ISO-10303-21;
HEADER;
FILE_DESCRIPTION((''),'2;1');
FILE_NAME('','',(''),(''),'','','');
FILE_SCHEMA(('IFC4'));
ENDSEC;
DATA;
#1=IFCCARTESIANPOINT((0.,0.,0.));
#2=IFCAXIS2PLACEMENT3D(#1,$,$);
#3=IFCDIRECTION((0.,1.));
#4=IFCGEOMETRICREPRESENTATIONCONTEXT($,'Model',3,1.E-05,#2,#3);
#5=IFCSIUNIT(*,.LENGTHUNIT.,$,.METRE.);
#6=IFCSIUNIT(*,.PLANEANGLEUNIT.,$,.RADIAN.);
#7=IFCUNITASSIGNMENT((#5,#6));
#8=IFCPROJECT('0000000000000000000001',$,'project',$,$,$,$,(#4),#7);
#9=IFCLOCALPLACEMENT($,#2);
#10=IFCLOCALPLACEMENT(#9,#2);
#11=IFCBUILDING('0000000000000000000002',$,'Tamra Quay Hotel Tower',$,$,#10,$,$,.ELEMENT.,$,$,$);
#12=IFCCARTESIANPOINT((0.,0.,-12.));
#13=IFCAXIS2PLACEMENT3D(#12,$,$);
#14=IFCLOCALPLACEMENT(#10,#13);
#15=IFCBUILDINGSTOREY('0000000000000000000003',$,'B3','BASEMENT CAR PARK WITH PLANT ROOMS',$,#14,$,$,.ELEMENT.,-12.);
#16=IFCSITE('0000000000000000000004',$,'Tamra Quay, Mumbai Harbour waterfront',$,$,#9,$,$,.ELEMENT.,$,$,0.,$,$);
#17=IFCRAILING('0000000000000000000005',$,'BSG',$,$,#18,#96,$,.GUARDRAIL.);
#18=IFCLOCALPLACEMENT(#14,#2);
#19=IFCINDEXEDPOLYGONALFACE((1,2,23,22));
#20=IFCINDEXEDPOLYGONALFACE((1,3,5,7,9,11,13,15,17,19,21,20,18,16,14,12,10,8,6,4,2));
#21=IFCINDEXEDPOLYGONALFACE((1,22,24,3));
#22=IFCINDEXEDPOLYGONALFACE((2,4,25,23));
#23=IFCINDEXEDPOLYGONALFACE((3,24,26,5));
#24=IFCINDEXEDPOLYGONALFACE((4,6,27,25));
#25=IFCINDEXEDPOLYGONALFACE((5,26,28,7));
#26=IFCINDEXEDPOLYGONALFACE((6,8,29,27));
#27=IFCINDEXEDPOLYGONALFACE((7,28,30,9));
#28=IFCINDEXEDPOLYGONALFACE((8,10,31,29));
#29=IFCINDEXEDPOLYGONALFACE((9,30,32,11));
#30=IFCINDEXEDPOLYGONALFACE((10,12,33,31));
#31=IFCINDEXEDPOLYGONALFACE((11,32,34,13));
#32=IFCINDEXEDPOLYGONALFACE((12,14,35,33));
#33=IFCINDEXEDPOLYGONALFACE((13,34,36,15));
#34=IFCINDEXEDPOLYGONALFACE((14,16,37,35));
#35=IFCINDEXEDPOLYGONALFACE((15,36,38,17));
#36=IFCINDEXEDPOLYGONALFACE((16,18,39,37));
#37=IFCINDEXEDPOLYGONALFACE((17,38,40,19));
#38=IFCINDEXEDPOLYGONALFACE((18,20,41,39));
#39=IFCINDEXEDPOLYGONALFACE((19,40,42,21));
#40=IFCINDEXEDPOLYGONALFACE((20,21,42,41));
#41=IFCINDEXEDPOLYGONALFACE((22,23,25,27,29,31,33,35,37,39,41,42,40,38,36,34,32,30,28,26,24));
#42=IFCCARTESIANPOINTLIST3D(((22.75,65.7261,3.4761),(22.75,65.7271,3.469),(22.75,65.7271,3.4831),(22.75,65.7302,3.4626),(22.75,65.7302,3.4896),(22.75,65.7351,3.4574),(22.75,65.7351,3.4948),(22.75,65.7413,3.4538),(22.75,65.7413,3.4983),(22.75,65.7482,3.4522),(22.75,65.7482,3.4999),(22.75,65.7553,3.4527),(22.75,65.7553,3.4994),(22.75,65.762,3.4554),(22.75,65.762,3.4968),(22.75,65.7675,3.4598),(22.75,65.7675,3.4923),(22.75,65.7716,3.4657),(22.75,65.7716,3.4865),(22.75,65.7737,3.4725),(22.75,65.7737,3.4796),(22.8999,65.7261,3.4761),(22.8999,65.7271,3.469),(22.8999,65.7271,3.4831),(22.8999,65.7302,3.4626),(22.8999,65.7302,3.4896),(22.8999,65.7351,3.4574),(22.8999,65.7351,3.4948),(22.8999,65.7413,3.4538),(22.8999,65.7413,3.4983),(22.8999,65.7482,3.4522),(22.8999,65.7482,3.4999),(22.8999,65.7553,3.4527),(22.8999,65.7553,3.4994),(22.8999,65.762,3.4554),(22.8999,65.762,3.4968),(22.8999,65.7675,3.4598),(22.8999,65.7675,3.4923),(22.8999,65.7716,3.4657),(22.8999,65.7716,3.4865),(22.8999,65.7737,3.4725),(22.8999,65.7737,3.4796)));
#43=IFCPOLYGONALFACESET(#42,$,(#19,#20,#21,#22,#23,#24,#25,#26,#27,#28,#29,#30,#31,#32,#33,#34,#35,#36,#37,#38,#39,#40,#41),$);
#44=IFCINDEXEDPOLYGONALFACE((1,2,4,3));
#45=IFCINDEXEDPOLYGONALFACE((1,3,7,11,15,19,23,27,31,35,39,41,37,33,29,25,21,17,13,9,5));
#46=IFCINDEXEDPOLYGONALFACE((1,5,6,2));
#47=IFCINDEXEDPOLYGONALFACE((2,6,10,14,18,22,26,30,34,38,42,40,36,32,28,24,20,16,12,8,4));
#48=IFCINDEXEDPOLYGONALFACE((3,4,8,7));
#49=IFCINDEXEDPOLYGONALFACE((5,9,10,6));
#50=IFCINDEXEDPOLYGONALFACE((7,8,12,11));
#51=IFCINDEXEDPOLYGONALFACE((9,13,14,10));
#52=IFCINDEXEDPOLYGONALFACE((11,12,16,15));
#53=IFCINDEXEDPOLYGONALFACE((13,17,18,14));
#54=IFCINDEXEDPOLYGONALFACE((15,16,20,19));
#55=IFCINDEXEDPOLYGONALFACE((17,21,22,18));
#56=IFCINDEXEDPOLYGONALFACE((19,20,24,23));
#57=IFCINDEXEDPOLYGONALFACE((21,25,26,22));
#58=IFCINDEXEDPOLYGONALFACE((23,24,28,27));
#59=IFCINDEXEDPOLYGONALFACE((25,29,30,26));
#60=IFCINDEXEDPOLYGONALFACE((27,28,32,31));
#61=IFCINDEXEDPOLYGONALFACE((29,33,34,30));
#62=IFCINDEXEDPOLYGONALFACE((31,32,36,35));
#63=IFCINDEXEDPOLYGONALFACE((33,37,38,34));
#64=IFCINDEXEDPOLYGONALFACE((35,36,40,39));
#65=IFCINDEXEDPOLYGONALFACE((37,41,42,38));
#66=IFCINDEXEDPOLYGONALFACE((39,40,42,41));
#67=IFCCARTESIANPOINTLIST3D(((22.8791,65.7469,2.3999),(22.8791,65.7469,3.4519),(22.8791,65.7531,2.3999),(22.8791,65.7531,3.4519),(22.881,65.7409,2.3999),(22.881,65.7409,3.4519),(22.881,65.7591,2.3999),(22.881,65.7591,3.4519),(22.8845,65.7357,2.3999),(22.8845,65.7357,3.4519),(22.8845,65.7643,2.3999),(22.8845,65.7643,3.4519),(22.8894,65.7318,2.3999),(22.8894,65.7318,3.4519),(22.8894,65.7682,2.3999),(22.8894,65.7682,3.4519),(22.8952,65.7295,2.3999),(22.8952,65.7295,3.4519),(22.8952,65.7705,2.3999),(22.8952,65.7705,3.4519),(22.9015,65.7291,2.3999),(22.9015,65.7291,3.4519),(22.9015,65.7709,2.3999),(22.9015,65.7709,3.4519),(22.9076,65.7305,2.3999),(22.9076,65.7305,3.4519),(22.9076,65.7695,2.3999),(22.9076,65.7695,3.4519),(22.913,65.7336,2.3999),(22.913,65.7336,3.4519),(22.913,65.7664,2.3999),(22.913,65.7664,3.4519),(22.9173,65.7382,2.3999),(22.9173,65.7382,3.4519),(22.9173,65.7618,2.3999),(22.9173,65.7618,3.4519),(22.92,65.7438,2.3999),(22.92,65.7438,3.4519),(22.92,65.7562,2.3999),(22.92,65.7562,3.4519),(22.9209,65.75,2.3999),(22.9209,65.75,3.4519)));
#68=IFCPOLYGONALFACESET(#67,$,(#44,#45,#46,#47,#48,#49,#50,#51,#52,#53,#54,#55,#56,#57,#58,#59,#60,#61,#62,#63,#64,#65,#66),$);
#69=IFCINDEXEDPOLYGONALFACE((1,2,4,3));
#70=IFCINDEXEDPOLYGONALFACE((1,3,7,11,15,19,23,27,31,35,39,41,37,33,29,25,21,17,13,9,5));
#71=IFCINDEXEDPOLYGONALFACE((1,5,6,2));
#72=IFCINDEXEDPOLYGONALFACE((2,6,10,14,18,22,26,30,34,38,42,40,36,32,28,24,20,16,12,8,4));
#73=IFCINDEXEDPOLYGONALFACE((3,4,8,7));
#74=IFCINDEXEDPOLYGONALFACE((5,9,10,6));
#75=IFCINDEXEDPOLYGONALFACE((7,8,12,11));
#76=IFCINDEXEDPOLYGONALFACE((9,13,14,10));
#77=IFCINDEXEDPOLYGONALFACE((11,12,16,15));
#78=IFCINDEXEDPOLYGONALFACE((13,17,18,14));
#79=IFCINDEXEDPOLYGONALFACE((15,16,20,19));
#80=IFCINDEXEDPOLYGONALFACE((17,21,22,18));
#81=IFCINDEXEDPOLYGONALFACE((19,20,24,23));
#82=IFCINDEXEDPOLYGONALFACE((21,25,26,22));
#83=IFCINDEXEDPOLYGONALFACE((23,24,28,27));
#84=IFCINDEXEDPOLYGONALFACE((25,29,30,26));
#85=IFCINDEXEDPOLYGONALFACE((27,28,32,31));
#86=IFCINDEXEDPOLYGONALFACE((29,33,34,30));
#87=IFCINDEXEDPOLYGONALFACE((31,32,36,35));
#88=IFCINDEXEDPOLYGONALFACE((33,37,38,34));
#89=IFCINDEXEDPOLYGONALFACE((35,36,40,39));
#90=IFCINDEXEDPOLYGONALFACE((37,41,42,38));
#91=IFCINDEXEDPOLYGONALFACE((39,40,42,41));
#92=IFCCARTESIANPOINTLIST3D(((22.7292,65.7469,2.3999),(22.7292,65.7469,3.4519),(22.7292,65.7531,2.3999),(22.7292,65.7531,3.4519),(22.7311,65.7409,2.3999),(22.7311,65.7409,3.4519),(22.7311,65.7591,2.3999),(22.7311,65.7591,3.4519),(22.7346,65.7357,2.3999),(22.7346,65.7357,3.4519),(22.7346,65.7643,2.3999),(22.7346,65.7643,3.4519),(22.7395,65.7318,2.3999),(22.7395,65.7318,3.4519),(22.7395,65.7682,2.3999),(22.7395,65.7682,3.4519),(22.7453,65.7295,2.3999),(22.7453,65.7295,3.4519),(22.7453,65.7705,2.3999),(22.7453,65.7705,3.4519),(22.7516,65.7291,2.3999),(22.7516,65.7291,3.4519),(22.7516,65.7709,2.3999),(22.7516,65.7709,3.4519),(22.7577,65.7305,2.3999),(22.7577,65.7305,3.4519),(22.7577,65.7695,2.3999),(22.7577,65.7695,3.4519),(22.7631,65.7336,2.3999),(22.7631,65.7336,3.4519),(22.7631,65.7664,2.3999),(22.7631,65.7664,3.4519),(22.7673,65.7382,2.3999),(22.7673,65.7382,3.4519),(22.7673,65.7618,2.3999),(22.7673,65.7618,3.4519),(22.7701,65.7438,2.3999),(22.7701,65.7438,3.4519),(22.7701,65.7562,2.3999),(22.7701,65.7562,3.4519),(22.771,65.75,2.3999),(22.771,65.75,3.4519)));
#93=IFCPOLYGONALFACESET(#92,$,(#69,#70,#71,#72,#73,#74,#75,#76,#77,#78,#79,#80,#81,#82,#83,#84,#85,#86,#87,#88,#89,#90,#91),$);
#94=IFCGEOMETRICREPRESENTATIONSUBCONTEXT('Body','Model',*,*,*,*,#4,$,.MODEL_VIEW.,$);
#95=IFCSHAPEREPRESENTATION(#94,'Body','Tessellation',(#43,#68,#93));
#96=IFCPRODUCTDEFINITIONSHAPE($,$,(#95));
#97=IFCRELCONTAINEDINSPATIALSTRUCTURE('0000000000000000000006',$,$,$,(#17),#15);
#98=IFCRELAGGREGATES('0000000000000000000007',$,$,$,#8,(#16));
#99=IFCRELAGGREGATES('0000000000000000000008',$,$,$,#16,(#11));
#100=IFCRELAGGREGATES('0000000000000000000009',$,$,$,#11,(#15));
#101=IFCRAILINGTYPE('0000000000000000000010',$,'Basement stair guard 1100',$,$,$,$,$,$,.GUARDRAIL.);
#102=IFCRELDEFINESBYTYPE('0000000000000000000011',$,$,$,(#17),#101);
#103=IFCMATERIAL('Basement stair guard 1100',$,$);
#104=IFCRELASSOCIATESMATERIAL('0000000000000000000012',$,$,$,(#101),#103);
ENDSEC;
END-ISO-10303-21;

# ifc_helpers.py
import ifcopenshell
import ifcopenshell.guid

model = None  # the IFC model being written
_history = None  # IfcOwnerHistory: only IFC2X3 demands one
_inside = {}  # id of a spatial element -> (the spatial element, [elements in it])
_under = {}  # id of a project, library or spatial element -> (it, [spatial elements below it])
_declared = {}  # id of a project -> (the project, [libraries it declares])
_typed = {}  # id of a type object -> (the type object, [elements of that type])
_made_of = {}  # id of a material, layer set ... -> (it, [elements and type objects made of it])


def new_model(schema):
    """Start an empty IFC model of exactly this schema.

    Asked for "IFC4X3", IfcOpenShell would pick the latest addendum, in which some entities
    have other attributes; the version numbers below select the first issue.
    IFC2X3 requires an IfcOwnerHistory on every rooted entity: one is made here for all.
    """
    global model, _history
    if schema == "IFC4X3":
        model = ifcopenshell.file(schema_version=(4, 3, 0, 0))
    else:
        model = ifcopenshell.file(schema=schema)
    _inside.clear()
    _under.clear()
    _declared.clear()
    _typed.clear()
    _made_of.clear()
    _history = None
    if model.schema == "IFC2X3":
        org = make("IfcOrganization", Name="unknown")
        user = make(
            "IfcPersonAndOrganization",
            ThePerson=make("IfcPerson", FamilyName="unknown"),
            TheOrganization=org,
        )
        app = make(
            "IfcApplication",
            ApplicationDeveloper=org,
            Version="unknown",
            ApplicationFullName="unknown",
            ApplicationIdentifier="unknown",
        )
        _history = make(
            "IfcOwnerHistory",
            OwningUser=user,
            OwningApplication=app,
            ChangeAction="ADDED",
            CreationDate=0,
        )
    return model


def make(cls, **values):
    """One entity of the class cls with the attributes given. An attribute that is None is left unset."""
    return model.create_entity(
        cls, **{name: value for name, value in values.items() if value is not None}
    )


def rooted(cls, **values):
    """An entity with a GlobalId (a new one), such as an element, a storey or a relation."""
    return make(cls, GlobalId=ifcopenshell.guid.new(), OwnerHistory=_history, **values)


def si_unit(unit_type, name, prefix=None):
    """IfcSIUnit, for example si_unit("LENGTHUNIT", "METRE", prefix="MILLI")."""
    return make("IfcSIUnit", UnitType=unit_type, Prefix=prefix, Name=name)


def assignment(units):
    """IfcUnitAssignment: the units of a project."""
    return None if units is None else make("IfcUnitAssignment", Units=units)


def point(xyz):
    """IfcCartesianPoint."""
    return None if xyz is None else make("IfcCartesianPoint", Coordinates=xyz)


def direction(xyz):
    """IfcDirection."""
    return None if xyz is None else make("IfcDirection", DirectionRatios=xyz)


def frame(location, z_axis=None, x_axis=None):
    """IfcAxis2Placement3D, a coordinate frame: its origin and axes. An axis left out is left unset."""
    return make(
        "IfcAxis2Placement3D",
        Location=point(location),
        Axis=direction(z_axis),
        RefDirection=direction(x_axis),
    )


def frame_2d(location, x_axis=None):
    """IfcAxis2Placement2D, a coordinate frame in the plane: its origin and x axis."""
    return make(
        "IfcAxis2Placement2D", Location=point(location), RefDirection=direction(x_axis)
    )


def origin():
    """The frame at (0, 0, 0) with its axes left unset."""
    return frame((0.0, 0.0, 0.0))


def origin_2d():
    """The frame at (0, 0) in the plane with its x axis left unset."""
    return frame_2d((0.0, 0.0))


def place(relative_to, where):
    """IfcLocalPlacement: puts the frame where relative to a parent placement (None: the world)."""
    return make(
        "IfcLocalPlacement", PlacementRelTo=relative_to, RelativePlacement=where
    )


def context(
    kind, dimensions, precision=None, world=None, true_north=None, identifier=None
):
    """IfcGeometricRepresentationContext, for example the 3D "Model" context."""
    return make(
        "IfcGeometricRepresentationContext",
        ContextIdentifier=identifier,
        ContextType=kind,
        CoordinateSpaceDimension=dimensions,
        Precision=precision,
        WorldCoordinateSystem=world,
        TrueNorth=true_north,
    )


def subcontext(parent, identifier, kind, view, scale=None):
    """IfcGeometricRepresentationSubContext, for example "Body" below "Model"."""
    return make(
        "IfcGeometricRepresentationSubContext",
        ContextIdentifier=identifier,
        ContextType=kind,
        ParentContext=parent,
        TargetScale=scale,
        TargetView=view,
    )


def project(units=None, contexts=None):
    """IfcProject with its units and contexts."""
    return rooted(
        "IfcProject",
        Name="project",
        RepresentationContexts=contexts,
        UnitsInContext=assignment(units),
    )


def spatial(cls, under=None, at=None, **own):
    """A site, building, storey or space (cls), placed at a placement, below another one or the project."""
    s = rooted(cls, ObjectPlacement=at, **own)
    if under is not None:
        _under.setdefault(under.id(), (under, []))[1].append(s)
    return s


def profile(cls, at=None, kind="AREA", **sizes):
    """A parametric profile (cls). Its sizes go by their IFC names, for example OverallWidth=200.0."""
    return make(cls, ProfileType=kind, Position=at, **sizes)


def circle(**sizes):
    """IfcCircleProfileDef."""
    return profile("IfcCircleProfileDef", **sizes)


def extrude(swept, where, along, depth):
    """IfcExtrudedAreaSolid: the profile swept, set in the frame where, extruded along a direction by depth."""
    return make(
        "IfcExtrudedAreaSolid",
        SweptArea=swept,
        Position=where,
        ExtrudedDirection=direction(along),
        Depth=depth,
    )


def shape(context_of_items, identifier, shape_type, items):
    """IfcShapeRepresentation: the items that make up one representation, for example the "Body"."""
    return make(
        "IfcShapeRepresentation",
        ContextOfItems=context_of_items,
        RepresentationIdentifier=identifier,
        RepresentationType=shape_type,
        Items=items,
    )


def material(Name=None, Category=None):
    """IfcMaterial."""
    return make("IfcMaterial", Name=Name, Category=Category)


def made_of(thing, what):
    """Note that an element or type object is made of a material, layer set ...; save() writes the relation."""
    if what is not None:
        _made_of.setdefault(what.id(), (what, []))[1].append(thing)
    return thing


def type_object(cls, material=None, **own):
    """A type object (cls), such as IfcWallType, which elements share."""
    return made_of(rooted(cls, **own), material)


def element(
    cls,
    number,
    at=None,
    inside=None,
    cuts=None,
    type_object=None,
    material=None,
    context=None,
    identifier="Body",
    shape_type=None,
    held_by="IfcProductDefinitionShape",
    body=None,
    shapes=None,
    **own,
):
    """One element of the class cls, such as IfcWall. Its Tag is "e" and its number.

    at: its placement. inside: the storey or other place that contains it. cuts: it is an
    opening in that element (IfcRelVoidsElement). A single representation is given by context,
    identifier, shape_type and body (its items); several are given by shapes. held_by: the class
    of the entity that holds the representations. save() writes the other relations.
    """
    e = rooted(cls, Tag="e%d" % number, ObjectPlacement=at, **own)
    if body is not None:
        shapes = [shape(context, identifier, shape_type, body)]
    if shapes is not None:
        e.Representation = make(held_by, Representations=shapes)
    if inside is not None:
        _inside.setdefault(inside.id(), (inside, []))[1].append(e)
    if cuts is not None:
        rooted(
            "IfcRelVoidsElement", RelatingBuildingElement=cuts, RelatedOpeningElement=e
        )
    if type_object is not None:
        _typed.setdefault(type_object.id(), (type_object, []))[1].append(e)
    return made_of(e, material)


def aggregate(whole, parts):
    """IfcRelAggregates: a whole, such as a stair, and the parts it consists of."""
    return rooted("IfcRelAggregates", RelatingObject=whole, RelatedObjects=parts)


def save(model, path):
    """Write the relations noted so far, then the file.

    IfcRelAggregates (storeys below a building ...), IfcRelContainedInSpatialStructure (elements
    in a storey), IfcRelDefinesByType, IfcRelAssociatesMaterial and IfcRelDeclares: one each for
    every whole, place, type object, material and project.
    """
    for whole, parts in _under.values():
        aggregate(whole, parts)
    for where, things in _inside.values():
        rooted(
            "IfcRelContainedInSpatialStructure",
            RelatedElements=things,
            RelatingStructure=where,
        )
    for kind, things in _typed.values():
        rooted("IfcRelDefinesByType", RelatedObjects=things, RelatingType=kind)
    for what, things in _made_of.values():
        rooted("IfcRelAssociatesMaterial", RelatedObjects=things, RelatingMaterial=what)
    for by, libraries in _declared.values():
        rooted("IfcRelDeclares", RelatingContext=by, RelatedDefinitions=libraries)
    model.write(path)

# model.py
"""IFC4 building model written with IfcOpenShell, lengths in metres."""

from ifc_helpers import new_model, si_unit, direction, frame, origin, origin_2d, place, context, subcontext, project, spatial, circle, extrude, material, type_object, element, save


model = new_model("IFC4")

# Units and contexts
model_context = context("Model", 3, precision=1e-05, world=origin(), true_north=direction((0.0, 1.0)))
body_context = subcontext(model_context, "Body", "Model", "MODEL_VIEW")
ifc_project = project(units=[si_unit("LENGTHUNIT", "METRE"), si_unit("PLANEANGLEUNIT", "RADIAN")], contexts=[model_context])

# Site, building, storey
site_placement = place(None, origin())
site = spatial("IfcSite", under=ifc_project, at=site_placement, Name="Tamra Quay, Mumbai Harbour waterfront", CompositionType="ELEMENT", RefElevation=0.0)
building_placement = place(site_placement, origin())
building = spatial("IfcBuilding", under=site, at=building_placement, Name="Tamra Quay Hotel Tower", CompositionType="ELEMENT")
storey_placement = place(building_placement, frame((0.0, 0.0, -12.0)))
storey = spatial("IfcBuildingStorey", under=building, at=storey_placement, Name="B3", Description="BASEMENT CAR PARK WITH PLANT ROOMS", CompositionType="ELEMENT", Elevation=-12.0)

# Railing
ifc_material_1 = material(Name="Basement stair guard 1100")
railing_type = type_object("IfcRailingType", Name="Basement stair guard 1100", PredefinedType="GUARDRAIL", material=ifc_material_1)
railing_1_placement = place(storey_placement, frame((22.8999, 65.75, 2.3999)))
element("IfcRailing", 1, at=railing_1_placement, inside=storey, type_object=railing_type, Name="BSG", PredefinedType="GUARDRAIL", context=body_context, shape_type="SweptSolid", body=[
    extrude(circle(Radius=0.0239, at=origin_2d()), frame((0.0, 0.0, 1.0762), z_axis=(-1.0, 0.0, 0.0), x_axis=(0.0, -1.0, 0.0)), (0.0, 0.0, 1.0), 0.1499),
    extrude(circle(Radius=0.021, at=origin_2d()), origin(), (0.0, 0.0, 1.0), 1.052),
    extrude(circle(Radius=0.021, at=origin_2d()), frame((-0.1499, 0.0, 0.0)), (0.0, 0.0, 1.0), 1.052),
])

save(model, "model.ifc")
